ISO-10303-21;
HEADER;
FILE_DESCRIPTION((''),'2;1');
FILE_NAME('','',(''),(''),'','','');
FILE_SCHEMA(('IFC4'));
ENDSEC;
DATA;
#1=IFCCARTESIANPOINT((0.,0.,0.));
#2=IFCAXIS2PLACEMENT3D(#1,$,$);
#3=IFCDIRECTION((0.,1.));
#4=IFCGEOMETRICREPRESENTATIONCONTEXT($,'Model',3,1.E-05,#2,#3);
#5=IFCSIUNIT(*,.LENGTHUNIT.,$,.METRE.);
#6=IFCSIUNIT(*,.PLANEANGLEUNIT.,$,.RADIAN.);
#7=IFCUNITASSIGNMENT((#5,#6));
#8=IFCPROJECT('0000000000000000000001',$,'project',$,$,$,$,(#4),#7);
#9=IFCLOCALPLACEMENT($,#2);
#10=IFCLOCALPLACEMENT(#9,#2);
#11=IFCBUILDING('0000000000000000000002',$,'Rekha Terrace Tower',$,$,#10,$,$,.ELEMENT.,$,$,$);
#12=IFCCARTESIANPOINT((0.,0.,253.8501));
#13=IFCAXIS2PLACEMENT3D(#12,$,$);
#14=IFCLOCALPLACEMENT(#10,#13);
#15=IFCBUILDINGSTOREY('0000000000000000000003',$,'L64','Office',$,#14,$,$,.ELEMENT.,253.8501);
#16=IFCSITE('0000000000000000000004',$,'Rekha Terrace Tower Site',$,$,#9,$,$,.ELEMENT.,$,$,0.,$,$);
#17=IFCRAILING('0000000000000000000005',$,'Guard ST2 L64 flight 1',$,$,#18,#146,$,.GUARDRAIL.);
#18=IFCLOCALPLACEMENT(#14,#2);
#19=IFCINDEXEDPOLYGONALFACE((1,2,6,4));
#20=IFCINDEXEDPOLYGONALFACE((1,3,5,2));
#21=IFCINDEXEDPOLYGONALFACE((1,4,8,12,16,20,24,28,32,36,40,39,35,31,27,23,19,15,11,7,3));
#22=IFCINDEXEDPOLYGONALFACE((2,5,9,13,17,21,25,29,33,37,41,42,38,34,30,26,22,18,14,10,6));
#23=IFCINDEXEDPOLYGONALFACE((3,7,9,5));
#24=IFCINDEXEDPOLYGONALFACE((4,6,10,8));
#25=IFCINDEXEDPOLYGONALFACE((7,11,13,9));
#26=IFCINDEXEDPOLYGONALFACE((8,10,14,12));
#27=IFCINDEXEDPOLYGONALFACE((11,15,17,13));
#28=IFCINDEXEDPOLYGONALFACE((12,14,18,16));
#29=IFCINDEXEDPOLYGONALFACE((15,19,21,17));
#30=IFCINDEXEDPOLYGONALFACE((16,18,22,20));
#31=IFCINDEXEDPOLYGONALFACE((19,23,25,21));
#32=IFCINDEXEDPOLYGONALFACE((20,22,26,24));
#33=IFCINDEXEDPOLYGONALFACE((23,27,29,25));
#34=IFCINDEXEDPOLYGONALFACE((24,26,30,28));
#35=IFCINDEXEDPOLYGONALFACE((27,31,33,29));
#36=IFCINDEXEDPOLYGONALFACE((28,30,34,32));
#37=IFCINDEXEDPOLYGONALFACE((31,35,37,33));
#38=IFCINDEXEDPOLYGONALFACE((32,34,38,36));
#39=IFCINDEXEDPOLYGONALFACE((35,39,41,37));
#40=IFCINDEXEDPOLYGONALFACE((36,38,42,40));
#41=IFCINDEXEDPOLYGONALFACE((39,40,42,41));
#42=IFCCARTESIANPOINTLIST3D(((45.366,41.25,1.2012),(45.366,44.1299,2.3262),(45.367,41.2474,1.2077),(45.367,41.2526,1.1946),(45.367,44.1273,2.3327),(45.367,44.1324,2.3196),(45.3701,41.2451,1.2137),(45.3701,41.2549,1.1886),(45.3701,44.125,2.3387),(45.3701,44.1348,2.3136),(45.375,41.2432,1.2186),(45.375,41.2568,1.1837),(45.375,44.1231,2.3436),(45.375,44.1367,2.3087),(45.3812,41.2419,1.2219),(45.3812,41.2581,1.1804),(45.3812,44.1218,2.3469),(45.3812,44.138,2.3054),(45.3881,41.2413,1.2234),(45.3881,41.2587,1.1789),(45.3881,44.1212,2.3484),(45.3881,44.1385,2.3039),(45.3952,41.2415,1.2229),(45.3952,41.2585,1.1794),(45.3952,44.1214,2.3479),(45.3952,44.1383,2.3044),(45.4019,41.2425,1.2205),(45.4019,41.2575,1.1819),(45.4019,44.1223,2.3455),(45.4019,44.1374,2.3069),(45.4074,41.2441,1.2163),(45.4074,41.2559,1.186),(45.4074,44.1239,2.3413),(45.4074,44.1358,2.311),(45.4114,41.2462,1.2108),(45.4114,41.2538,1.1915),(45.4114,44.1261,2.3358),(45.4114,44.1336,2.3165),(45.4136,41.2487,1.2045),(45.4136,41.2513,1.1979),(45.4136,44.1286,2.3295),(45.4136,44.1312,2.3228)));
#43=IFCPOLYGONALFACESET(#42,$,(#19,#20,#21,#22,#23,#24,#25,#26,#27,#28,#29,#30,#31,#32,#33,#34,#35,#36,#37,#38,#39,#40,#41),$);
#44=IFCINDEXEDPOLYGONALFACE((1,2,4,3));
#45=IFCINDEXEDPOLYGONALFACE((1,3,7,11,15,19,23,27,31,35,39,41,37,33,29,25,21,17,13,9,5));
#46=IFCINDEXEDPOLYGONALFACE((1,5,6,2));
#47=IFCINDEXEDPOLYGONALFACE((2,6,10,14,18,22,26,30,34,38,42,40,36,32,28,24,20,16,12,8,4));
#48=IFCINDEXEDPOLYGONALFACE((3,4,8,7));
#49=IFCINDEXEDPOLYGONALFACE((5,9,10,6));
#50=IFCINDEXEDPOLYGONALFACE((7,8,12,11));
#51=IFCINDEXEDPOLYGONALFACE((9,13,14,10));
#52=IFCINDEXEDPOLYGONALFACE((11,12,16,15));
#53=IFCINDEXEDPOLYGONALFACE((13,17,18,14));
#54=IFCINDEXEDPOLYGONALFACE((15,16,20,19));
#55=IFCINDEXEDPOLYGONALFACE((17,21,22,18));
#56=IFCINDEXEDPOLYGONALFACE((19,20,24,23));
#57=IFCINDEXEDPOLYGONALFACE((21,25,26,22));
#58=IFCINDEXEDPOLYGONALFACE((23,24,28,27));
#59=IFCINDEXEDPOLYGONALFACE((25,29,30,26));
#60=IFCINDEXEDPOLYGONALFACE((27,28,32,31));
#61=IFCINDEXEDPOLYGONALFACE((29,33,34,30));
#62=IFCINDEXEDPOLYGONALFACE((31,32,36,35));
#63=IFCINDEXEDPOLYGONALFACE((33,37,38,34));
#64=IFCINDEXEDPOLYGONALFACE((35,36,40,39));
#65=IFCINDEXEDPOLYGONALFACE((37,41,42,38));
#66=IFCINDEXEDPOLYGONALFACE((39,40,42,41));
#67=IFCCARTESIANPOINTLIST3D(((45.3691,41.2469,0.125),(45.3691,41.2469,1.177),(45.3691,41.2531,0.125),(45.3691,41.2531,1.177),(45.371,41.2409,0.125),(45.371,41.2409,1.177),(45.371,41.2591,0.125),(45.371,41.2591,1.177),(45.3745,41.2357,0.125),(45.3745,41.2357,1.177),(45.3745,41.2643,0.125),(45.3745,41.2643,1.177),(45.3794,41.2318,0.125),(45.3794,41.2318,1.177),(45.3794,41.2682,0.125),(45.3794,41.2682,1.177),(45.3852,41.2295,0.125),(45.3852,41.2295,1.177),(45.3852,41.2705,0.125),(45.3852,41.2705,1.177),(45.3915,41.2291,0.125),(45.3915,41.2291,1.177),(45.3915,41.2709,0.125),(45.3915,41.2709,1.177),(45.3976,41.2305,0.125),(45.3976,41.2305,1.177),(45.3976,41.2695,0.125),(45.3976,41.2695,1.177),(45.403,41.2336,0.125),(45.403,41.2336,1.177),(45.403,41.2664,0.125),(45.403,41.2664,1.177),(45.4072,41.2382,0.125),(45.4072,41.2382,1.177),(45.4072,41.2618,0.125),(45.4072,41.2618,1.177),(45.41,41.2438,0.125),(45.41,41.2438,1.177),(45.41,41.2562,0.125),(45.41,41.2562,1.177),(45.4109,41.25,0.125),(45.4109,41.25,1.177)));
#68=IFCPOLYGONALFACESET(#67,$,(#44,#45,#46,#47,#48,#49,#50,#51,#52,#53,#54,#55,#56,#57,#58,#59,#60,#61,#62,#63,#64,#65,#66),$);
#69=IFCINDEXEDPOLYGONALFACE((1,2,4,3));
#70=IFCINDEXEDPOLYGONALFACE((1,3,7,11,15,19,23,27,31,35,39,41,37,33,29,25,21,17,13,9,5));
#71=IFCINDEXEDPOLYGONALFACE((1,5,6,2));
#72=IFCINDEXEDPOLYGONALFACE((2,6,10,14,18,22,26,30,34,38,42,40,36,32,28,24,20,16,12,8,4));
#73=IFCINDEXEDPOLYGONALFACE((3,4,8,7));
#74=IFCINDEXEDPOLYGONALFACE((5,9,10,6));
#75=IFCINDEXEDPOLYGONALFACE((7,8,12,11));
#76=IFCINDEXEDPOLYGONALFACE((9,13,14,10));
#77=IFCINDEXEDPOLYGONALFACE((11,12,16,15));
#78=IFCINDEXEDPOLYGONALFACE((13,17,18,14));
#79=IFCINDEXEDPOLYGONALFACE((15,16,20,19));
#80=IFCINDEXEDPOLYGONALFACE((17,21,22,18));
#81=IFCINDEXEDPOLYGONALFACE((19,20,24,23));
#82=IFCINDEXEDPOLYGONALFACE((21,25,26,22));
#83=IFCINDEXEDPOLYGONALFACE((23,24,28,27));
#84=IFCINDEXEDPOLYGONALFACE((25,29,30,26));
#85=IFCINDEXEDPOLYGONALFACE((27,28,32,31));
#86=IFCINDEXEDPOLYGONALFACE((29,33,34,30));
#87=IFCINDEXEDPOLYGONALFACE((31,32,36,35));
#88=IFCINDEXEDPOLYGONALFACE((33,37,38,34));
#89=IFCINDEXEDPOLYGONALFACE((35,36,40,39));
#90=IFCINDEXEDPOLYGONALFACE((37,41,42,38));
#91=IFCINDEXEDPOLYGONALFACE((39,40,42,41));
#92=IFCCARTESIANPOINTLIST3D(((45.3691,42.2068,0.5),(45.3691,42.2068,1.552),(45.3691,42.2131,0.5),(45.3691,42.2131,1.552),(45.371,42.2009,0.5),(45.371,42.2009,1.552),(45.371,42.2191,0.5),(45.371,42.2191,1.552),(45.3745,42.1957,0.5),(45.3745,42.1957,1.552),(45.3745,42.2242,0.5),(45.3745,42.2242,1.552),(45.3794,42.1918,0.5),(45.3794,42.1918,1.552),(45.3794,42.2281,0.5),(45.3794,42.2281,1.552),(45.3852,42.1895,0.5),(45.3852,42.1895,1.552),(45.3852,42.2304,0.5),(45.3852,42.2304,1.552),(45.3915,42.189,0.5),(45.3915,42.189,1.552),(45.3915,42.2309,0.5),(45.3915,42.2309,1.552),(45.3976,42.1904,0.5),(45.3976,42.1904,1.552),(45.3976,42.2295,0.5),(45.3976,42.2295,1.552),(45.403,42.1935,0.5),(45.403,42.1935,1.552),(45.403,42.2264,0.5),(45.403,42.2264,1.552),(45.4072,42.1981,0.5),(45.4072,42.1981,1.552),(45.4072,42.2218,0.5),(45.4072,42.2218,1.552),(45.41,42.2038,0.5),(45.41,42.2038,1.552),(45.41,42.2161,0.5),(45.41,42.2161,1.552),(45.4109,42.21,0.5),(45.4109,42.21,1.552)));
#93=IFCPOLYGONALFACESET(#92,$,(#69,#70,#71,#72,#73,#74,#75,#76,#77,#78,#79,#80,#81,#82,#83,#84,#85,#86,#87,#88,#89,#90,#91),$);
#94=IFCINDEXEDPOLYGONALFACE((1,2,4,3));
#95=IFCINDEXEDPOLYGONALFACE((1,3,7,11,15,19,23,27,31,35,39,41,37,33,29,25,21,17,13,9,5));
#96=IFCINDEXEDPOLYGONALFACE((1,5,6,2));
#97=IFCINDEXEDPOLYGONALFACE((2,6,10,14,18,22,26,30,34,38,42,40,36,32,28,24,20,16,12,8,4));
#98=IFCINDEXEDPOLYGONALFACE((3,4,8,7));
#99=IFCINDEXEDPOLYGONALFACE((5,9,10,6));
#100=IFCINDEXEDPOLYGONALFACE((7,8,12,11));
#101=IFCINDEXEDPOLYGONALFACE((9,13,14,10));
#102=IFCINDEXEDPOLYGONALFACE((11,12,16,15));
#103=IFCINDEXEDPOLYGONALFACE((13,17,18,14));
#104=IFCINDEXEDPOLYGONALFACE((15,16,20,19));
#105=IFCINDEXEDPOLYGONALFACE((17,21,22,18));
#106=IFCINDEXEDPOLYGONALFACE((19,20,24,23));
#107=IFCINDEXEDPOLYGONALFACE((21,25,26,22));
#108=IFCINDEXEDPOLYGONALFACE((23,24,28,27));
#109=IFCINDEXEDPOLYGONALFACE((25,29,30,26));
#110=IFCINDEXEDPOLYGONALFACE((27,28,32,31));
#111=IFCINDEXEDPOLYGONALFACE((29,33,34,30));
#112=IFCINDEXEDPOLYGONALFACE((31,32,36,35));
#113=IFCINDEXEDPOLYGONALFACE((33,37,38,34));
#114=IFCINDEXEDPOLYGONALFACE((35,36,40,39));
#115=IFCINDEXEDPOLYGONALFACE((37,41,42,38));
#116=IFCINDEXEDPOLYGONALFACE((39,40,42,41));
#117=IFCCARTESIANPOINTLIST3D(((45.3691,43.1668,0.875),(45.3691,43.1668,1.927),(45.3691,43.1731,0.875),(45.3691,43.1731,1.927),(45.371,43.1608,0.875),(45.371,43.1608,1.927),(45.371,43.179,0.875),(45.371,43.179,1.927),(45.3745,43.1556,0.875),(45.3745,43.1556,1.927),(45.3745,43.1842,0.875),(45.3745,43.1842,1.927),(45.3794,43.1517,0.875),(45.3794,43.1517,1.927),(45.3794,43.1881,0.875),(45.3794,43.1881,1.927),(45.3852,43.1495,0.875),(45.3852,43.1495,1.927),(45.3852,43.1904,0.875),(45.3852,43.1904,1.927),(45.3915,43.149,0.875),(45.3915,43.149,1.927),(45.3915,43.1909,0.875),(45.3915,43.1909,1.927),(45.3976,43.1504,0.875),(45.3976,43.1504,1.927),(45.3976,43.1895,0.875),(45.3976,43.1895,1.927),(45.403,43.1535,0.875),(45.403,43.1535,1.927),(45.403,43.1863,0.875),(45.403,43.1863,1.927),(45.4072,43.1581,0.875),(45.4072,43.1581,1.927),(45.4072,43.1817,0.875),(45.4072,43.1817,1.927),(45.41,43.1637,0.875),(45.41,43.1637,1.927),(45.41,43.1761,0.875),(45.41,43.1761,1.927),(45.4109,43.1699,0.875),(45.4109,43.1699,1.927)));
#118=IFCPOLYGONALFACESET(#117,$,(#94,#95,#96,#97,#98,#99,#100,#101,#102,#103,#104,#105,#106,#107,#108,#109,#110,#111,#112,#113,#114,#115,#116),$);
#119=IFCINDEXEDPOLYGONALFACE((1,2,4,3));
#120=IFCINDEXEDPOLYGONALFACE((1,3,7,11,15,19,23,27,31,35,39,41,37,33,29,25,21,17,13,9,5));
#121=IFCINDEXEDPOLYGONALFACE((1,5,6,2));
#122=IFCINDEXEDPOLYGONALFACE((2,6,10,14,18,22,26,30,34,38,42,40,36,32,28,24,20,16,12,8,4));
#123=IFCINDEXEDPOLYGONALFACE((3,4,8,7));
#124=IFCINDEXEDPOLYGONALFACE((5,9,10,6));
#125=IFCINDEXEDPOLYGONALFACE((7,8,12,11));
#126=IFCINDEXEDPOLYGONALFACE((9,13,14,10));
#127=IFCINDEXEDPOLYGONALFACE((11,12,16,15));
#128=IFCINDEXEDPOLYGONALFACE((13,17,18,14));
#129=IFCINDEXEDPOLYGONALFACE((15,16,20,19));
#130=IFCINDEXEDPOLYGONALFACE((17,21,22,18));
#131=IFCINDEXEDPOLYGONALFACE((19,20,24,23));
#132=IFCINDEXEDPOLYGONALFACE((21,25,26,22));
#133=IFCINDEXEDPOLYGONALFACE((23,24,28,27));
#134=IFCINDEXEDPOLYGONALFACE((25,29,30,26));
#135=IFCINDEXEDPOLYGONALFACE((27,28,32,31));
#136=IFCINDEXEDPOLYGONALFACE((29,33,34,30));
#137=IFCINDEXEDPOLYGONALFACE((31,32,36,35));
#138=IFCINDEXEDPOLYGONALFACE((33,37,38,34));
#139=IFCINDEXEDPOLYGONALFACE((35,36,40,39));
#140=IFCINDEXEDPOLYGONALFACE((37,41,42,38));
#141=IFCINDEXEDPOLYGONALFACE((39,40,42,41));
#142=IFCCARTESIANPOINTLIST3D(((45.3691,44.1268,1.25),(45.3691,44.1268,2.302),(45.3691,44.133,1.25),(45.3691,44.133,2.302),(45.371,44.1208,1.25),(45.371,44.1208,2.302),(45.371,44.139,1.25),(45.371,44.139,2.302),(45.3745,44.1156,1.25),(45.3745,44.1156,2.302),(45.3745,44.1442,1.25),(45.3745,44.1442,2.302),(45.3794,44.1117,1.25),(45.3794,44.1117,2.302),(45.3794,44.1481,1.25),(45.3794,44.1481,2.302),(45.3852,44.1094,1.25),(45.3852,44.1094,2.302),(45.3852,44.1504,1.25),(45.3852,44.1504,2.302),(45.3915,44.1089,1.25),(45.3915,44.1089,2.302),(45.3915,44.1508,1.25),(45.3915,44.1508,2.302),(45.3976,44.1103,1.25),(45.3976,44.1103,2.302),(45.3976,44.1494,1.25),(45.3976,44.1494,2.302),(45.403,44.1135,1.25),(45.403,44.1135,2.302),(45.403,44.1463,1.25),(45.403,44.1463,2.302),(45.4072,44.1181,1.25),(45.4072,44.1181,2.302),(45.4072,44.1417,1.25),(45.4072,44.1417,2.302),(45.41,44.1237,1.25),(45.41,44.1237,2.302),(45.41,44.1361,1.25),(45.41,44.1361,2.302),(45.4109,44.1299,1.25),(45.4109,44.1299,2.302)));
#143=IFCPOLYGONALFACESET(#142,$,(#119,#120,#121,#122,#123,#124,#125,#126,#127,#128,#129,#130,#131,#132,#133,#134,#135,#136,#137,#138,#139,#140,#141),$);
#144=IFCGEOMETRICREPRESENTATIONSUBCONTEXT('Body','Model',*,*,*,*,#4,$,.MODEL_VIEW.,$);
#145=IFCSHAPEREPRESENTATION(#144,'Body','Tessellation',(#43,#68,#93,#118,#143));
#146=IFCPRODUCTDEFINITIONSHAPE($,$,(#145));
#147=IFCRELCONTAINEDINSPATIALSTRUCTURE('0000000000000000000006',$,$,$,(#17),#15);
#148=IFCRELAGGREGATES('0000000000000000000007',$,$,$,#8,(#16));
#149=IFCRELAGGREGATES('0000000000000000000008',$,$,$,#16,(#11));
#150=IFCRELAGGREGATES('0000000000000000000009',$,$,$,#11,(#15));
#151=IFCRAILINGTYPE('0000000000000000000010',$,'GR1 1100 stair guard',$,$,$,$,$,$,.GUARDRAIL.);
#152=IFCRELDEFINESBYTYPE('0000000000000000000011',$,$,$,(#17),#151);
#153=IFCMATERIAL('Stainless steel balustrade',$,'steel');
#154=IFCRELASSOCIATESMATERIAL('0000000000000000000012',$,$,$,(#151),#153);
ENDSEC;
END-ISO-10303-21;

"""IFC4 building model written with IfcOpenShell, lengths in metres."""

from ifc_helpers import new_model, si_unit, direction, frame, origin, origin_2d, place, context, subcontext, project, spatial, circle, extrude, material, type_object, element, save


model = new_model("IFC4")

# Units and contexts
model_context = context("Model", 3, precision=1e-05, world=origin(), true_north=direction((0.0, 1.0)))
body_context = subcontext(model_context, "Body", "Model", "MODEL_VIEW")
ifc_project = project(units=[si_unit("LENGTHUNIT", "METRE"), si_unit("PLANEANGLEUNIT", "RADIAN")], contexts=[model_context])

# Site, building, storey
site_placement = place(None, origin())
site = spatial("IfcSite", under=ifc_project, at=site_placement, Name="Rekha Terrace Tower Site", CompositionType="ELEMENT", RefElevation=0.0)
building_placement = place(site_placement, origin())
building = spatial("IfcBuilding", under=site, at=building_placement, Name="Rekha Terrace Tower", CompositionType="ELEMENT")
storey_placement = place(building_placement, frame((0.0, 0.0, 253.8501)))
storey = spatial("IfcBuildingStorey", under=building, at=storey_placement, Name="L64", Description="Office", CompositionType="ELEMENT", Elevation=253.8501)

# Railing
ifc_material_1 = material(Name="Stainless steel balustrade", Category="steel")
railing_type_1 = type_object("IfcRailingType", Name="GR1 1100 stair guard", PredefinedType="GUARDRAIL", material=ifc_material_1)
railing_1_placement = place(storey_placement, frame((45.3899, 41.25, 0.125)))
element("IfcRailing", 1, at=railing_1_placement, inside=storey, type_object=railing_type_1, Name="Guard ST2 L64 flight 1", PredefinedType="GUARDRAIL", context=body_context, shape_type="SweptSolid", body=[
    extrude(circle(Radius=0.0239, at=origin_2d()), frame((0.0, 0.0, 1.0762), z_axis=(0.0, 0.931452, 0.363863), x_axis=(-1.0, 0.0, 0.0)), (0.0, 0.0, 1.0), 3.0918),
    extrude(circle(Radius=0.021, at=origin_2d()), origin(), (0.0, 0.0, 1.0), 1.052),
    extrude(circle(Radius=0.021, at=origin_2d()), frame((0.0, 0.96, 0.375)), (0.0, 0.0, 1.0), 1.052),
    extrude(circle(Radius=0.021, at=origin_2d()), frame((0.0, 1.9199, 0.75)), (0.0, 0.0, 1.0), 1.052),
    extrude(circle(Radius=0.021, at=origin_2d()), frame((0.0, 2.8799, 1.125)), (0.0, 0.0, 1.0), 1.052),
])

save(model, "model.ifc")
